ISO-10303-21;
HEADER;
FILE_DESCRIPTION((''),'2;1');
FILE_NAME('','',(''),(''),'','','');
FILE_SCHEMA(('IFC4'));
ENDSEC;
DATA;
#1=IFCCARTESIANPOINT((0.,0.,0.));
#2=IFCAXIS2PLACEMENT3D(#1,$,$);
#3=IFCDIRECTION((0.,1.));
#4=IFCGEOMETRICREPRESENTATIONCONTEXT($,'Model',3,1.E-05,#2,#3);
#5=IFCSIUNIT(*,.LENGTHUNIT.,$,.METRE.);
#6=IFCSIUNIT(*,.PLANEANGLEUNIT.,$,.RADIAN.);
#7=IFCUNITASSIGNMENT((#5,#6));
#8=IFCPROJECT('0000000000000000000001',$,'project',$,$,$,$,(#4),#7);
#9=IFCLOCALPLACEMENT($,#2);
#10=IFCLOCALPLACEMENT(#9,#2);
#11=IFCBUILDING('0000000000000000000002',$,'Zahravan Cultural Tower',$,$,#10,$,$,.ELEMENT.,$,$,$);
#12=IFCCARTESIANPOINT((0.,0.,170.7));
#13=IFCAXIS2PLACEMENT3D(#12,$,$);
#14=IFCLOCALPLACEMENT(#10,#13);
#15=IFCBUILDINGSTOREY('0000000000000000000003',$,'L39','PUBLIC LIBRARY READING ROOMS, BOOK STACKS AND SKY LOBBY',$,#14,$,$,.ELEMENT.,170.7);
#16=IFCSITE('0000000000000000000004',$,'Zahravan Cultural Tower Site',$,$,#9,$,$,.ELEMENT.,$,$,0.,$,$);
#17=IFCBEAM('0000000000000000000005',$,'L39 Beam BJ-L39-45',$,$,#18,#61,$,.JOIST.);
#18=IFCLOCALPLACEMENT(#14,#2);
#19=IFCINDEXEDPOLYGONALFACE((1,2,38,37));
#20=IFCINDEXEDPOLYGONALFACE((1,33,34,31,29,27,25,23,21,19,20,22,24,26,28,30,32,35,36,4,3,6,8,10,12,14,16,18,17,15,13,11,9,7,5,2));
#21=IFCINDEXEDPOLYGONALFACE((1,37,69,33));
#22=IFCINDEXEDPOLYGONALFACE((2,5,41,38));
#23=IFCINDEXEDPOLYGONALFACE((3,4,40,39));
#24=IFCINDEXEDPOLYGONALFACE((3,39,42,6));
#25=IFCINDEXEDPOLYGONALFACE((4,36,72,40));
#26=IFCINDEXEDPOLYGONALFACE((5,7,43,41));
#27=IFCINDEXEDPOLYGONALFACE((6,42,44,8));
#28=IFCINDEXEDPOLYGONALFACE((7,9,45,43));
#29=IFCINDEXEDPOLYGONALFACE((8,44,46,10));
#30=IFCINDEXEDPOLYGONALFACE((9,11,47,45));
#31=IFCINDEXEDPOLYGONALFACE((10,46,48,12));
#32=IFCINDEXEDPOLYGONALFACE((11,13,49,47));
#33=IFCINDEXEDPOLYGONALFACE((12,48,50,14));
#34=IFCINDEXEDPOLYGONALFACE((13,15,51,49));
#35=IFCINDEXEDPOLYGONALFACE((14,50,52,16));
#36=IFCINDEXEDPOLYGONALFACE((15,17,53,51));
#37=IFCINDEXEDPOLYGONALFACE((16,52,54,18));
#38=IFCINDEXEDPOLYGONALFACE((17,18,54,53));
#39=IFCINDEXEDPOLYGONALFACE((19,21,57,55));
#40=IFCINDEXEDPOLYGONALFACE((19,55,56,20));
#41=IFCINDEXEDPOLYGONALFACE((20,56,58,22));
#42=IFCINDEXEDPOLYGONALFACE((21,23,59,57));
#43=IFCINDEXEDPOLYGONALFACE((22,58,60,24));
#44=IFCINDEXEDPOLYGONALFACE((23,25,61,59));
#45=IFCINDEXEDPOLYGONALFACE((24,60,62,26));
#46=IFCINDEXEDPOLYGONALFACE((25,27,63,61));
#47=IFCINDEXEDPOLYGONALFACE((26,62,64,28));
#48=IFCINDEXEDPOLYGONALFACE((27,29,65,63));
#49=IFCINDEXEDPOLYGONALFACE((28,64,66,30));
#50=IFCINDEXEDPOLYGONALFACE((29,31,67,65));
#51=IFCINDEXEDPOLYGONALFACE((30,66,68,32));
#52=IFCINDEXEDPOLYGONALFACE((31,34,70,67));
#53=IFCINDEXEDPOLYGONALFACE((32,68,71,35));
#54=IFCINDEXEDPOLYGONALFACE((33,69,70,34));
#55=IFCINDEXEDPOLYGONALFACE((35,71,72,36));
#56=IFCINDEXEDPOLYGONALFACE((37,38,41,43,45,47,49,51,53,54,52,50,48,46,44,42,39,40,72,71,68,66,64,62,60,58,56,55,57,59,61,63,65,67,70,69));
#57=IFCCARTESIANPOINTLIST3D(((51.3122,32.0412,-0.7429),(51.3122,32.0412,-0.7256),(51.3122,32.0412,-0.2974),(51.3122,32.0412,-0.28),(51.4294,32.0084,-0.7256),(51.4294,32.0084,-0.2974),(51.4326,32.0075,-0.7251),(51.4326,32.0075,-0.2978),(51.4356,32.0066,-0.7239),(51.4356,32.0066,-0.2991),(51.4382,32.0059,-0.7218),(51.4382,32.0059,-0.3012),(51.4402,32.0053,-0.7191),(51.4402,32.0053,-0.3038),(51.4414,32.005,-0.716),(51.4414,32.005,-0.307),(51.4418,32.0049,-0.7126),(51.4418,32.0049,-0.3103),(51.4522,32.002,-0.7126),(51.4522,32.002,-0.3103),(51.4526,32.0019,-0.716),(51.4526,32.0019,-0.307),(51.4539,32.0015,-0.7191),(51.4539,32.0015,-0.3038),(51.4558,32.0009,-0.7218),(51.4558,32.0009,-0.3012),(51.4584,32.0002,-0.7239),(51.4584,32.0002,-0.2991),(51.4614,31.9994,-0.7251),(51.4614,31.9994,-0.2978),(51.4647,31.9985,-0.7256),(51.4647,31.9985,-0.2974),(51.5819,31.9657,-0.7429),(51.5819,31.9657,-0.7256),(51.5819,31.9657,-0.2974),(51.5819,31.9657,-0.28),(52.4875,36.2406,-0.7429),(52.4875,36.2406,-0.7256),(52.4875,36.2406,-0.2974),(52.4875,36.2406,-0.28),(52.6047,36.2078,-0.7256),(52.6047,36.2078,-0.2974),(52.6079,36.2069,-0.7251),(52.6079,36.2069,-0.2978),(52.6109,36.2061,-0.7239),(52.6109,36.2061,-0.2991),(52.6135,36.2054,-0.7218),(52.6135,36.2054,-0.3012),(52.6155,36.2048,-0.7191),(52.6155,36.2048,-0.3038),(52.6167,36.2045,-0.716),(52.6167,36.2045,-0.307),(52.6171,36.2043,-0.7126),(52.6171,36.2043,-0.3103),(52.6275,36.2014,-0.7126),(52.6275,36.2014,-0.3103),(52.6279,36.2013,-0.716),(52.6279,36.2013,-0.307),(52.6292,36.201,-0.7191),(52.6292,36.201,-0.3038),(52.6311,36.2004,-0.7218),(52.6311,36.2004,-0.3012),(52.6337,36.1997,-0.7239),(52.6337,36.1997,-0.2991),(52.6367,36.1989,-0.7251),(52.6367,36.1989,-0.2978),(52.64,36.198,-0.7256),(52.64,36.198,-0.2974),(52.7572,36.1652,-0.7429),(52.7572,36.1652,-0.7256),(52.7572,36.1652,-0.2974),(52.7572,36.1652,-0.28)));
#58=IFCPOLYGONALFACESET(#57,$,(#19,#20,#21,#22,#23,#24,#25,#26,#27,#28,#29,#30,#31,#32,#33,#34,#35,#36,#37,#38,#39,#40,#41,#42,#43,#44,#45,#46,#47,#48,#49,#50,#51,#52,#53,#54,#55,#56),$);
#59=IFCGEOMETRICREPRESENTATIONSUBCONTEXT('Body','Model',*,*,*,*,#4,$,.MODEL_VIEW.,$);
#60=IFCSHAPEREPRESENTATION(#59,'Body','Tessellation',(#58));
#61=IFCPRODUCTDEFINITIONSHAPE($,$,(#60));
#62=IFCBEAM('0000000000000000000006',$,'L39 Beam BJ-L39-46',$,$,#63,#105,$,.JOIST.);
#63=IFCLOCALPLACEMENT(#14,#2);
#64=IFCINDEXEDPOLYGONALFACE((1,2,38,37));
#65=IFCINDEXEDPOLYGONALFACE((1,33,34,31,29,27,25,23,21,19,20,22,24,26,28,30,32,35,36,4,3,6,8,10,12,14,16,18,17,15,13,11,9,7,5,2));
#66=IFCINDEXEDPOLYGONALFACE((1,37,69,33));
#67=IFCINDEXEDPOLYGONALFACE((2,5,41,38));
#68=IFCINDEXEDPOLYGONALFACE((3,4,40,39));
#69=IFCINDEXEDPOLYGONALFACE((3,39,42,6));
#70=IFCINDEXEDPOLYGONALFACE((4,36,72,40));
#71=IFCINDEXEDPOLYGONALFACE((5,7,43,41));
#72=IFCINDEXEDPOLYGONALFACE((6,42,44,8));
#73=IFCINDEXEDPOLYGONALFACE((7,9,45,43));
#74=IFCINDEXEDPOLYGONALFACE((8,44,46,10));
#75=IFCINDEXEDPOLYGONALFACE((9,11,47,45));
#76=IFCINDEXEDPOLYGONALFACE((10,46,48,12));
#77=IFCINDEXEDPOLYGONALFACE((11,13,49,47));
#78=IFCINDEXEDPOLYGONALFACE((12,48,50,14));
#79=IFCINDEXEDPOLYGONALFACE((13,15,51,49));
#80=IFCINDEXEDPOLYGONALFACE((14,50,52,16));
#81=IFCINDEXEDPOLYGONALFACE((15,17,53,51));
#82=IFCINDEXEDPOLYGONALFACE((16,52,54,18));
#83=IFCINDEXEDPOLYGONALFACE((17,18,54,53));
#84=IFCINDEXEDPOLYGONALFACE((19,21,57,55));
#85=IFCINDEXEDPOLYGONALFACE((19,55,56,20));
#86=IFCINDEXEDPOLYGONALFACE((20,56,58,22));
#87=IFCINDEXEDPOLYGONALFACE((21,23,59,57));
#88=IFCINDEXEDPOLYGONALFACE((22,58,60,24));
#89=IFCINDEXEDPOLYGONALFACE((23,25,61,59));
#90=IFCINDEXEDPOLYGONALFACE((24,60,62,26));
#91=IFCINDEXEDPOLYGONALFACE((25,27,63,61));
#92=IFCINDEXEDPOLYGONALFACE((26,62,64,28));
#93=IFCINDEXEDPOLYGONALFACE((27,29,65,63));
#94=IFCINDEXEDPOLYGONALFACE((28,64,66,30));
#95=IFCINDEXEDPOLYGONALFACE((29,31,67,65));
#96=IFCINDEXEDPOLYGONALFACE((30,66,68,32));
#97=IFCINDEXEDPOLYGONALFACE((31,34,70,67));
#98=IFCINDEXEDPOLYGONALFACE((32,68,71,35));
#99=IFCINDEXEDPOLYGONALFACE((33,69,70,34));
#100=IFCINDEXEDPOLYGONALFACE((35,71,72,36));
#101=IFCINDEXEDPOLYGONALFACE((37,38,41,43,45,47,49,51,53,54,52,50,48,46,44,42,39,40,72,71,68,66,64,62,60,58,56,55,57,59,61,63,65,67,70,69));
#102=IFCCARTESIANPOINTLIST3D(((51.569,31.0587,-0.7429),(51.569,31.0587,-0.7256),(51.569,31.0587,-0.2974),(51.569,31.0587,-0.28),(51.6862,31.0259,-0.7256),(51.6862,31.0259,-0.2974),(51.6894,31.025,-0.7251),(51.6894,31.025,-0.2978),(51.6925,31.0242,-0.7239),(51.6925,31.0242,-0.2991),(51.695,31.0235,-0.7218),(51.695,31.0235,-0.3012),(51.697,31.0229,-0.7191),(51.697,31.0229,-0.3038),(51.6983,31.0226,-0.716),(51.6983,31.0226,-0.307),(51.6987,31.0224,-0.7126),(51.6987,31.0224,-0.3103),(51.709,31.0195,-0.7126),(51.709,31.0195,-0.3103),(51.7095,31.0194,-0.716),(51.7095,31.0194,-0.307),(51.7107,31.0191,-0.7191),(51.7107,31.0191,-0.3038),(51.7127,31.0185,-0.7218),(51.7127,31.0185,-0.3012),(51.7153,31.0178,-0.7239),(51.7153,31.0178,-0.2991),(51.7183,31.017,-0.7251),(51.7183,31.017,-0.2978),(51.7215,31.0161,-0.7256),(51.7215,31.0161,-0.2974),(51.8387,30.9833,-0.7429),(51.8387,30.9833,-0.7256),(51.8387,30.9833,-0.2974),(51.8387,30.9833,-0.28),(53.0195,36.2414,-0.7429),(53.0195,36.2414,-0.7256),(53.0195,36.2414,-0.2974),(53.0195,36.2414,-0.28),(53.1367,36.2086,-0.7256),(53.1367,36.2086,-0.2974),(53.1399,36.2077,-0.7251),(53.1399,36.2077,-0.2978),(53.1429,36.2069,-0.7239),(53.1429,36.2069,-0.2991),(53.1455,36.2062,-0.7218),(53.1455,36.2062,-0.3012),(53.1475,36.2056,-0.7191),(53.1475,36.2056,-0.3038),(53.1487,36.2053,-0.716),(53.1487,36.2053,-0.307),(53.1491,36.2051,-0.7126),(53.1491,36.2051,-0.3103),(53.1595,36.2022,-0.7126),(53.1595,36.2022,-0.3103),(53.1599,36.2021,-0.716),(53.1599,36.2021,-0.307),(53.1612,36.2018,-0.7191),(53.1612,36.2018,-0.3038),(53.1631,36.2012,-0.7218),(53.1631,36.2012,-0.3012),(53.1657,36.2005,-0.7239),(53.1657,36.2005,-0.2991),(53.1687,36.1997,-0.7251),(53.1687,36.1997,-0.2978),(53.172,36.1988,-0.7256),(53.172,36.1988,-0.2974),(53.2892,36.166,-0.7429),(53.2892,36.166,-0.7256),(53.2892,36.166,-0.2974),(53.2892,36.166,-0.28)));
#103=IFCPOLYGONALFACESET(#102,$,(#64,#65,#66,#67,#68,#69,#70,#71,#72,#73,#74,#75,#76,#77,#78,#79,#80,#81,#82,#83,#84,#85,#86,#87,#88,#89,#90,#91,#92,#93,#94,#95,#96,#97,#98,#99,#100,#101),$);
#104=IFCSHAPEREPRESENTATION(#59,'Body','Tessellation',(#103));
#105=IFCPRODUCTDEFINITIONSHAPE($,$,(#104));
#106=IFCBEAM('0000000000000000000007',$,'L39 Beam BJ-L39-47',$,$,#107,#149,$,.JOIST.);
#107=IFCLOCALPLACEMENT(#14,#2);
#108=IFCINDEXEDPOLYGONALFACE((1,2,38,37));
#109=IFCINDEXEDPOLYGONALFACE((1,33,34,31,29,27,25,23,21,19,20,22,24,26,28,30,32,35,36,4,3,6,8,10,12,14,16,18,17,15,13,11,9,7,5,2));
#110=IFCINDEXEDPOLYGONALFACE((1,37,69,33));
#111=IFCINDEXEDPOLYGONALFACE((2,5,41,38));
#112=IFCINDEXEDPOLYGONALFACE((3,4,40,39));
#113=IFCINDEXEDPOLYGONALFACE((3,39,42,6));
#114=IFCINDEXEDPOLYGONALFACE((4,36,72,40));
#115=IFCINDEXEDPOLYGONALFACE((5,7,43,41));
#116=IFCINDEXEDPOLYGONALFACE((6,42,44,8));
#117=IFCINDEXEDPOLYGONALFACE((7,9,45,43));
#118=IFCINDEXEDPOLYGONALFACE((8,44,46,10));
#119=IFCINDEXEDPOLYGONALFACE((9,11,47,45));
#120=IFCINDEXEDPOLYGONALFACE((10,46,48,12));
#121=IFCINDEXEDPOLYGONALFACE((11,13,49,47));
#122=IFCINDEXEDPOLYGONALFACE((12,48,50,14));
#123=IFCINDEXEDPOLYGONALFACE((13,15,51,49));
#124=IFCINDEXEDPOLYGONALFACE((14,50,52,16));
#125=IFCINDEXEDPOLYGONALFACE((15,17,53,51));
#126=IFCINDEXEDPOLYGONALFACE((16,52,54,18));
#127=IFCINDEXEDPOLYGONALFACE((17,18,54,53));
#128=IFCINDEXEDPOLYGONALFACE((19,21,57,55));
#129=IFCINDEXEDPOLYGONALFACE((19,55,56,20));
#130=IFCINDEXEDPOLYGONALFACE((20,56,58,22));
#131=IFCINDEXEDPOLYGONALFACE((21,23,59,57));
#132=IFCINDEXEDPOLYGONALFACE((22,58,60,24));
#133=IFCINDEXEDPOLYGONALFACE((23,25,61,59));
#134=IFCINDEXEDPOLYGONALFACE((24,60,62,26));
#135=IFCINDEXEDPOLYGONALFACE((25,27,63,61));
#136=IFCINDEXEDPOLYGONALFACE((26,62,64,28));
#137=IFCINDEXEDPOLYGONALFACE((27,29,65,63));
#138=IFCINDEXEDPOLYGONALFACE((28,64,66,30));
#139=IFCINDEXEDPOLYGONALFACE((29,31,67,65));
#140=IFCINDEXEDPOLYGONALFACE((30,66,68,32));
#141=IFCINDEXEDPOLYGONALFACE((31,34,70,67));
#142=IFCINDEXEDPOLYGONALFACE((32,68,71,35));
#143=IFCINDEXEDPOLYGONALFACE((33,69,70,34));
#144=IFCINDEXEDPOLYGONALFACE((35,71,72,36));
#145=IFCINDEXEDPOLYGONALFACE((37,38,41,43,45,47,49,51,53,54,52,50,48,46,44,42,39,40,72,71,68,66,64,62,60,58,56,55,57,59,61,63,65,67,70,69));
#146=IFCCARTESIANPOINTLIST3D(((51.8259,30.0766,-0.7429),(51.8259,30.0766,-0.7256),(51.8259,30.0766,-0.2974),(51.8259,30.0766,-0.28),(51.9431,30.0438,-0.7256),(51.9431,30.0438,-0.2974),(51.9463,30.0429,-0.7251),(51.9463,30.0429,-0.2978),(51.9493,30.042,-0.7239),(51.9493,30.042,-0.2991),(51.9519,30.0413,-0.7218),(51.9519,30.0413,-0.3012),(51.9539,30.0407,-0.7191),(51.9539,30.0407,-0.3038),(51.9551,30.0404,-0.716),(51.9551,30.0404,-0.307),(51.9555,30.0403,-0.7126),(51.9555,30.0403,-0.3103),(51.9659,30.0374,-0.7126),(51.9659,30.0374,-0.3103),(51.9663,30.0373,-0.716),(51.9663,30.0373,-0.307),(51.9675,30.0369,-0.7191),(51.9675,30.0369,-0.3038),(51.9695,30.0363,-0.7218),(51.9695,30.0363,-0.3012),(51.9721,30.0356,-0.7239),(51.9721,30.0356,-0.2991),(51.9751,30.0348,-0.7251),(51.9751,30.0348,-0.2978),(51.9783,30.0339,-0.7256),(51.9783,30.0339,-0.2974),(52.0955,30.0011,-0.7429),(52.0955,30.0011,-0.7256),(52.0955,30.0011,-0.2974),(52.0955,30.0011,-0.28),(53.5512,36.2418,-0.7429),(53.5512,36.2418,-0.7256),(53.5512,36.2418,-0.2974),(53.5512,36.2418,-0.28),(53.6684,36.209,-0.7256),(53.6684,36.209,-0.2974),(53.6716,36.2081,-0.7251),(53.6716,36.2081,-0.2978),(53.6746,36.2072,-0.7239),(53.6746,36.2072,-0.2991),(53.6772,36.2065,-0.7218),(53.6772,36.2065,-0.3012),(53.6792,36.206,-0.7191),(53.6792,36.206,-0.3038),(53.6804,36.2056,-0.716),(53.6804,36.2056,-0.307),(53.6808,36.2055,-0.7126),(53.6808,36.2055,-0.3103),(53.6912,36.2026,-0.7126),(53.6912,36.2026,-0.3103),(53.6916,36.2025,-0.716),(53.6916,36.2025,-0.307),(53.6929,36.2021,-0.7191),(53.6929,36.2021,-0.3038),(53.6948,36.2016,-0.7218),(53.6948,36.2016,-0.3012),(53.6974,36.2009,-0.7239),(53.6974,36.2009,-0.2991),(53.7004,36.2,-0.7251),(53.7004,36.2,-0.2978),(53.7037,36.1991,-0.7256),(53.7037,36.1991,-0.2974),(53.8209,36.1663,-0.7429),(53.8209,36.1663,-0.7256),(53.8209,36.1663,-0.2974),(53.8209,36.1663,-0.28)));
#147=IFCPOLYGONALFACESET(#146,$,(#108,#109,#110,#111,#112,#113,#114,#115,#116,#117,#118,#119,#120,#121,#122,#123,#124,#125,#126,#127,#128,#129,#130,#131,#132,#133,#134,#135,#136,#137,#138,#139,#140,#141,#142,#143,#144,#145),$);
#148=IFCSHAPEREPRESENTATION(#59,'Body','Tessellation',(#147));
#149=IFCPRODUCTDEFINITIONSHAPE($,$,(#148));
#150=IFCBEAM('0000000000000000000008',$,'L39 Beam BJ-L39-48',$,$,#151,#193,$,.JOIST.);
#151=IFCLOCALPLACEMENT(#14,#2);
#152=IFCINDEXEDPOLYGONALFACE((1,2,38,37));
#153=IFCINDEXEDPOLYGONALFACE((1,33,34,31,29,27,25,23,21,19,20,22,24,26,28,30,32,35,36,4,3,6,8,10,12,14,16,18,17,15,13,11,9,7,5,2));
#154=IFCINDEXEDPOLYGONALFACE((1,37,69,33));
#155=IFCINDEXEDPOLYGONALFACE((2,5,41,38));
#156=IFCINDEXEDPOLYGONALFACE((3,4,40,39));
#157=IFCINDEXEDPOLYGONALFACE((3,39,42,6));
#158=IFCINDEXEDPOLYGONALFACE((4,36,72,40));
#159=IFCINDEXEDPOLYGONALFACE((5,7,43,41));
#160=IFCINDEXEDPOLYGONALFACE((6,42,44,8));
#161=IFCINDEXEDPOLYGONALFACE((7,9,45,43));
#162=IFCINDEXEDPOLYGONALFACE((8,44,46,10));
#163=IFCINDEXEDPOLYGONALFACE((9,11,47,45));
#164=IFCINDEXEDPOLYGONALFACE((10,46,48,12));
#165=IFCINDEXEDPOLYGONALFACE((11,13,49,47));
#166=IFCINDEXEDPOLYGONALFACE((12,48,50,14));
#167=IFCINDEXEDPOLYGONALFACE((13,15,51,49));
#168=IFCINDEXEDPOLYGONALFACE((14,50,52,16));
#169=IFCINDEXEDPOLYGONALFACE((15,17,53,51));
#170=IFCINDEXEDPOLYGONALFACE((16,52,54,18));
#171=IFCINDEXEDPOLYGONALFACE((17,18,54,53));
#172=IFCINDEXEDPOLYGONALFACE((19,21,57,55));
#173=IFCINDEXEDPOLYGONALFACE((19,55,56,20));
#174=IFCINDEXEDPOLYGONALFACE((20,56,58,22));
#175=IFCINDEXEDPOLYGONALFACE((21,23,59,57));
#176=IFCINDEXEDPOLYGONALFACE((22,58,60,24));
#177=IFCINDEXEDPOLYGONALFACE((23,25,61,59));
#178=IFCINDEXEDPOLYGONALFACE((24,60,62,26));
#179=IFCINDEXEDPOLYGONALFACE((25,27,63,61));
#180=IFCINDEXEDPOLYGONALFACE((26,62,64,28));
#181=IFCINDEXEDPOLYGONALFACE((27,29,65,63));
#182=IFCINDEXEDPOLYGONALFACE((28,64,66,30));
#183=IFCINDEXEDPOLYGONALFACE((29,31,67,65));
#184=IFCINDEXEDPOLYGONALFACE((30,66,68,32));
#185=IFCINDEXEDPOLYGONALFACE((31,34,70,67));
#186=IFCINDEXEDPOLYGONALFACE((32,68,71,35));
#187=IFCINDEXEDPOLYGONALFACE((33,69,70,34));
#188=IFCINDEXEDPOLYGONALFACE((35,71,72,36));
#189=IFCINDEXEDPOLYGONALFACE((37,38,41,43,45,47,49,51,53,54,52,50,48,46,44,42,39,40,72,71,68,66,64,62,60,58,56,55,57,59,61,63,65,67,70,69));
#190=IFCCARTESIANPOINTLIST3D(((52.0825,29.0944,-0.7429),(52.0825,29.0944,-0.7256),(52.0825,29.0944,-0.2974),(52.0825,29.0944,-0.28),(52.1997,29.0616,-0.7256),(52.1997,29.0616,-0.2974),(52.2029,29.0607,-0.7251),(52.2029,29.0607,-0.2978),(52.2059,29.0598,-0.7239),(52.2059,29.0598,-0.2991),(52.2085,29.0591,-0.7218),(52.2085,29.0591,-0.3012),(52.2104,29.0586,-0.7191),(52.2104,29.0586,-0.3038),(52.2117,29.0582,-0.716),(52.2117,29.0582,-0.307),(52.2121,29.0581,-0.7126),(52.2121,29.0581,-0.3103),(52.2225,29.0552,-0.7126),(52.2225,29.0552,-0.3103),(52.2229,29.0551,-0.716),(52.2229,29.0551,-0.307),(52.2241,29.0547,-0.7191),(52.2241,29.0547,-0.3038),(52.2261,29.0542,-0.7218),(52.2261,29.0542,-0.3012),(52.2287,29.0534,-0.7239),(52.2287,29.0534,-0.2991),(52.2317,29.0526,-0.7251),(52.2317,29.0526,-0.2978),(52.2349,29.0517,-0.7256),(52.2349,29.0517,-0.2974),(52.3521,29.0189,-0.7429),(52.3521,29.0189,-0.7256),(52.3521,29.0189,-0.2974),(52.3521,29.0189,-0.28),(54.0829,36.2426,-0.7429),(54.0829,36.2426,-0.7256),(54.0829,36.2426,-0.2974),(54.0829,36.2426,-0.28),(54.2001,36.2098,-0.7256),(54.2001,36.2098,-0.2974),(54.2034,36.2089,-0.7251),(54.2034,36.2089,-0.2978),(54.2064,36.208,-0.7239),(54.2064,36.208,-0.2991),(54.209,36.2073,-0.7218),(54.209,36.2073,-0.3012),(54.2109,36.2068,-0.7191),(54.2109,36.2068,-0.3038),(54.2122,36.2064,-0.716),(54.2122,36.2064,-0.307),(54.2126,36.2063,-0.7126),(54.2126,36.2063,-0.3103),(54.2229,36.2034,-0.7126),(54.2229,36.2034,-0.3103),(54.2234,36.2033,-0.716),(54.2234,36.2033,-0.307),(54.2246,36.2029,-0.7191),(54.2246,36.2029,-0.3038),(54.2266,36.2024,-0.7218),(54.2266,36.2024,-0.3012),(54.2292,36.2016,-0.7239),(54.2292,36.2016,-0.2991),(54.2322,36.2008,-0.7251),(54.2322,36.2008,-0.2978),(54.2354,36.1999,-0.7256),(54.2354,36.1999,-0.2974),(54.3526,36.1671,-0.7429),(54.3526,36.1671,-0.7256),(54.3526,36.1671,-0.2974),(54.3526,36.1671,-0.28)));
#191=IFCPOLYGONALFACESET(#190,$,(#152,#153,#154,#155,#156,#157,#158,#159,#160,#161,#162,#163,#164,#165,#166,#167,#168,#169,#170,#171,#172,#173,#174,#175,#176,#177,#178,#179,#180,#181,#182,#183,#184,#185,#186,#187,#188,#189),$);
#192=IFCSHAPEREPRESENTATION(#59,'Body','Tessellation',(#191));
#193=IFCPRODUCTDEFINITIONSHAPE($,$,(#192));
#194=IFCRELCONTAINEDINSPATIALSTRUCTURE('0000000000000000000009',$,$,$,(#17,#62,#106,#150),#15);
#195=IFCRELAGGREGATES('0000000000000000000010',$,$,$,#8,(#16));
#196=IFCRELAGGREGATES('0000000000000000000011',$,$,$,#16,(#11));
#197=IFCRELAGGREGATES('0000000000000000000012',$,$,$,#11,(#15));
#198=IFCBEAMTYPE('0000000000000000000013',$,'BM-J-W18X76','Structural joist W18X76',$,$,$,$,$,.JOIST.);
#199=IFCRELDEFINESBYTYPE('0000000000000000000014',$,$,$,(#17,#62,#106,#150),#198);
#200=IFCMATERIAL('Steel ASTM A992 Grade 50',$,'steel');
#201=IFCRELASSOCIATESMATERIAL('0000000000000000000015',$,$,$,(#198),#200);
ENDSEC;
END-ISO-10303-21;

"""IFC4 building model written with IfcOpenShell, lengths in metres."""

from ifc_helpers import new_model, si_unit, direction, frame, origin, origin_2d, place, context, subcontext, project, spatial, i_section, extrude, source, transform, mapped, material, material_profile, profile_set, type_object, element, save


model = new_model("IFC4")

# Units and contexts
model_context = context("Model", 3, precision=1e-05, world=origin(), true_north=direction((0.0, 1.0)))
body_context = subcontext(model_context, "Body", "Model", "MODEL_VIEW")
ifc_project = project(units=[si_unit("LENGTHUNIT", "METRE"), si_unit("PLANEANGLEUNIT", "RADIAN")], contexts=[model_context])

# Site, building, storey
site_placement = place(None, origin())
site = spatial("IfcSite", under=ifc_project, at=site_placement, Name="Zahravan Cultural Tower Site", CompositionType="ELEMENT", RefElevation=0.0)
building_placement = place(site_placement, origin())
building = spatial("IfcBuilding", under=site, at=building_placement, Name="Zahravan Cultural Tower", CompositionType="ELEMENT")
storey_placement = place(building_placement, frame((0.0, 0.0, 170.7)))
storey = spatial("IfcBuildingStorey", under=building, at=storey_placement, Name="L39", Description="PUBLIC LIBRARY READING ROOMS, BOOK STACKS AND SKY LOBBY", CompositionType="ELEMENT", Elevation=170.7)

# Shared definitions
ifc_material_1 = material(Name="Steel ASTM A992 Grade 50", Category="steel")

# Beams
ifc_material_profile_1 = material_profile(ifc_material_1, i_section(OverallWidth=0.28, OverallDepth=0.4629, WebThickness=0.0107, FlangeThickness=0.0173, FilletRadius=0.0129, at=origin_2d()), Name="W18X76")
ifc_profile_set_1 = profile_set([ifc_material_profile_1], Name="Steel ASTM A992 Grade 50")
beam_type_1 = type_object("IfcBeamType", Name="BM-J-W18X76", Description="Structural joist W18X76", PredefinedType="JOIST", material=ifc_profile_set_1)
shared_shape_1 = source(origin(), body_context, "Body", "SweptSolid", [
    extrude(i_section(OverallWidth=0.28, OverallDepth=0.4629, WebThickness=0.0107, FlangeThickness=0.0173, FilletRadius=0.0129, at=origin_2d()), origin(), (0.0, 0.0, 1.0), 4.3608),
])
beam_1_placement = place(storey_placement, frame((51.447, 32.0034, -0.5115), z_axis=(0.269512, 0.962997, 0.0), x_axis=(-0.962997, 0.269512, 0.0)))
element("IfcBeam", 1, at=beam_1_placement, inside=storey, type_object=beam_type_1, Name="L39 Beam BJ-L39-45", PredefinedType="JOIST", context=body_context, shape_type="MappedRepresentation", body=[
    mapped(shared_shape_1, transform((0.0, 0.0, 0.0), x_axis=(1.0, 0.0, 0.0), y_axis=(0.0, 1.0, 0.0), z_axis=(0.0, 0.0, 1.0), scale=1.0)),
])
shared_shape_2 = source(origin(), body_context, "Body", "SweptSolid", [
    extrude(i_section(OverallWidth=0.28, OverallDepth=0.4629, WebThickness=0.0107, FlangeThickness=0.0173, FilletRadius=0.0129, at=origin_2d()), origin(), (0.0, 0.0, 1.0), 5.3818),
])
beam_2_placement = place(storey_placement, frame((51.7039, 31.021, -0.5115), z_axis=(0.26951, 0.962997, 0.0), x_axis=(-0.962997, 0.26951, 0.0)))
element("IfcBeam", 2, at=beam_2_placement, inside=storey, type_object=beam_type_1, Name="L39 Beam BJ-L39-46", PredefinedType="JOIST", context=body_context, shape_type="MappedRepresentation", body=[
    mapped(shared_shape_2, transform((0.0, 0.0, 0.0), x_axis=(1.0, 0.0, 0.0), y_axis=(0.0, 1.0, 0.0), z_axis=(0.0, 0.0, 1.0), scale=1.0)),
])
shared_shape_3 = source(origin(), body_context, "Body", "SweptSolid", [
    extrude(i_section(OverallWidth=0.28, OverallDepth=0.4629, WebThickness=0.0107, FlangeThickness=0.0173, FilletRadius=0.0129, at=origin_2d()), origin(), (0.0, 0.0, 1.0), 6.4021),
])
beam_3_placement = place(storey_placement, frame((51.9607, 30.0388, -0.5115), z_axis=(0.269494, 0.963002, 0.0), x_axis=(-0.963002, 0.269494, 0.0)))
element("IfcBeam", 3, at=beam_3_placement, inside=storey, type_object=beam_type_1, Name="L39 Beam BJ-L39-47", PredefinedType="JOIST", context=body_context, shape_type="MappedRepresentation", body=[
    mapped(shared_shape_3, transform((0.0, 0.0, 0.0), x_axis=(1.0, 0.0, 0.0), y_axis=(0.0, 1.0, 0.0), z_axis=(0.0, 0.0, 1.0), scale=1.0)),
])
shared_shape_4 = source(origin(), body_context, "Body", "SweptSolid", [
    extrude(i_section(OverallWidth=0.28, OverallDepth=0.4629, WebThickness=0.0107, FlangeThickness=0.0173, FilletRadius=0.0129, at=origin_2d()), origin(), (0.0, 0.0, 1.0), 7.4229),
])
beam_4_placement = place(storey_placement, frame((52.2173, 29.0566, -0.5115), z_axis=(0.269504, 0.962999, 0.0), x_axis=(-0.962999, 0.269504, 0.0)))
element("IfcBeam", 4, at=beam_4_placement, inside=storey, type_object=beam_type_1, Name="L39 Beam BJ-L39-48", PredefinedType="JOIST", context=body_context, shape_type="MappedRepresentation", body=[
    mapped(shared_shape_4, transform((0.0, 0.0, 0.0), x_axis=(1.0, 0.0, 0.0), y_axis=(0.0, 1.0, 0.0), z_axis=(0.0, 0.0, 1.0), scale=1.0)),
])

save(model, "model.ifc")
